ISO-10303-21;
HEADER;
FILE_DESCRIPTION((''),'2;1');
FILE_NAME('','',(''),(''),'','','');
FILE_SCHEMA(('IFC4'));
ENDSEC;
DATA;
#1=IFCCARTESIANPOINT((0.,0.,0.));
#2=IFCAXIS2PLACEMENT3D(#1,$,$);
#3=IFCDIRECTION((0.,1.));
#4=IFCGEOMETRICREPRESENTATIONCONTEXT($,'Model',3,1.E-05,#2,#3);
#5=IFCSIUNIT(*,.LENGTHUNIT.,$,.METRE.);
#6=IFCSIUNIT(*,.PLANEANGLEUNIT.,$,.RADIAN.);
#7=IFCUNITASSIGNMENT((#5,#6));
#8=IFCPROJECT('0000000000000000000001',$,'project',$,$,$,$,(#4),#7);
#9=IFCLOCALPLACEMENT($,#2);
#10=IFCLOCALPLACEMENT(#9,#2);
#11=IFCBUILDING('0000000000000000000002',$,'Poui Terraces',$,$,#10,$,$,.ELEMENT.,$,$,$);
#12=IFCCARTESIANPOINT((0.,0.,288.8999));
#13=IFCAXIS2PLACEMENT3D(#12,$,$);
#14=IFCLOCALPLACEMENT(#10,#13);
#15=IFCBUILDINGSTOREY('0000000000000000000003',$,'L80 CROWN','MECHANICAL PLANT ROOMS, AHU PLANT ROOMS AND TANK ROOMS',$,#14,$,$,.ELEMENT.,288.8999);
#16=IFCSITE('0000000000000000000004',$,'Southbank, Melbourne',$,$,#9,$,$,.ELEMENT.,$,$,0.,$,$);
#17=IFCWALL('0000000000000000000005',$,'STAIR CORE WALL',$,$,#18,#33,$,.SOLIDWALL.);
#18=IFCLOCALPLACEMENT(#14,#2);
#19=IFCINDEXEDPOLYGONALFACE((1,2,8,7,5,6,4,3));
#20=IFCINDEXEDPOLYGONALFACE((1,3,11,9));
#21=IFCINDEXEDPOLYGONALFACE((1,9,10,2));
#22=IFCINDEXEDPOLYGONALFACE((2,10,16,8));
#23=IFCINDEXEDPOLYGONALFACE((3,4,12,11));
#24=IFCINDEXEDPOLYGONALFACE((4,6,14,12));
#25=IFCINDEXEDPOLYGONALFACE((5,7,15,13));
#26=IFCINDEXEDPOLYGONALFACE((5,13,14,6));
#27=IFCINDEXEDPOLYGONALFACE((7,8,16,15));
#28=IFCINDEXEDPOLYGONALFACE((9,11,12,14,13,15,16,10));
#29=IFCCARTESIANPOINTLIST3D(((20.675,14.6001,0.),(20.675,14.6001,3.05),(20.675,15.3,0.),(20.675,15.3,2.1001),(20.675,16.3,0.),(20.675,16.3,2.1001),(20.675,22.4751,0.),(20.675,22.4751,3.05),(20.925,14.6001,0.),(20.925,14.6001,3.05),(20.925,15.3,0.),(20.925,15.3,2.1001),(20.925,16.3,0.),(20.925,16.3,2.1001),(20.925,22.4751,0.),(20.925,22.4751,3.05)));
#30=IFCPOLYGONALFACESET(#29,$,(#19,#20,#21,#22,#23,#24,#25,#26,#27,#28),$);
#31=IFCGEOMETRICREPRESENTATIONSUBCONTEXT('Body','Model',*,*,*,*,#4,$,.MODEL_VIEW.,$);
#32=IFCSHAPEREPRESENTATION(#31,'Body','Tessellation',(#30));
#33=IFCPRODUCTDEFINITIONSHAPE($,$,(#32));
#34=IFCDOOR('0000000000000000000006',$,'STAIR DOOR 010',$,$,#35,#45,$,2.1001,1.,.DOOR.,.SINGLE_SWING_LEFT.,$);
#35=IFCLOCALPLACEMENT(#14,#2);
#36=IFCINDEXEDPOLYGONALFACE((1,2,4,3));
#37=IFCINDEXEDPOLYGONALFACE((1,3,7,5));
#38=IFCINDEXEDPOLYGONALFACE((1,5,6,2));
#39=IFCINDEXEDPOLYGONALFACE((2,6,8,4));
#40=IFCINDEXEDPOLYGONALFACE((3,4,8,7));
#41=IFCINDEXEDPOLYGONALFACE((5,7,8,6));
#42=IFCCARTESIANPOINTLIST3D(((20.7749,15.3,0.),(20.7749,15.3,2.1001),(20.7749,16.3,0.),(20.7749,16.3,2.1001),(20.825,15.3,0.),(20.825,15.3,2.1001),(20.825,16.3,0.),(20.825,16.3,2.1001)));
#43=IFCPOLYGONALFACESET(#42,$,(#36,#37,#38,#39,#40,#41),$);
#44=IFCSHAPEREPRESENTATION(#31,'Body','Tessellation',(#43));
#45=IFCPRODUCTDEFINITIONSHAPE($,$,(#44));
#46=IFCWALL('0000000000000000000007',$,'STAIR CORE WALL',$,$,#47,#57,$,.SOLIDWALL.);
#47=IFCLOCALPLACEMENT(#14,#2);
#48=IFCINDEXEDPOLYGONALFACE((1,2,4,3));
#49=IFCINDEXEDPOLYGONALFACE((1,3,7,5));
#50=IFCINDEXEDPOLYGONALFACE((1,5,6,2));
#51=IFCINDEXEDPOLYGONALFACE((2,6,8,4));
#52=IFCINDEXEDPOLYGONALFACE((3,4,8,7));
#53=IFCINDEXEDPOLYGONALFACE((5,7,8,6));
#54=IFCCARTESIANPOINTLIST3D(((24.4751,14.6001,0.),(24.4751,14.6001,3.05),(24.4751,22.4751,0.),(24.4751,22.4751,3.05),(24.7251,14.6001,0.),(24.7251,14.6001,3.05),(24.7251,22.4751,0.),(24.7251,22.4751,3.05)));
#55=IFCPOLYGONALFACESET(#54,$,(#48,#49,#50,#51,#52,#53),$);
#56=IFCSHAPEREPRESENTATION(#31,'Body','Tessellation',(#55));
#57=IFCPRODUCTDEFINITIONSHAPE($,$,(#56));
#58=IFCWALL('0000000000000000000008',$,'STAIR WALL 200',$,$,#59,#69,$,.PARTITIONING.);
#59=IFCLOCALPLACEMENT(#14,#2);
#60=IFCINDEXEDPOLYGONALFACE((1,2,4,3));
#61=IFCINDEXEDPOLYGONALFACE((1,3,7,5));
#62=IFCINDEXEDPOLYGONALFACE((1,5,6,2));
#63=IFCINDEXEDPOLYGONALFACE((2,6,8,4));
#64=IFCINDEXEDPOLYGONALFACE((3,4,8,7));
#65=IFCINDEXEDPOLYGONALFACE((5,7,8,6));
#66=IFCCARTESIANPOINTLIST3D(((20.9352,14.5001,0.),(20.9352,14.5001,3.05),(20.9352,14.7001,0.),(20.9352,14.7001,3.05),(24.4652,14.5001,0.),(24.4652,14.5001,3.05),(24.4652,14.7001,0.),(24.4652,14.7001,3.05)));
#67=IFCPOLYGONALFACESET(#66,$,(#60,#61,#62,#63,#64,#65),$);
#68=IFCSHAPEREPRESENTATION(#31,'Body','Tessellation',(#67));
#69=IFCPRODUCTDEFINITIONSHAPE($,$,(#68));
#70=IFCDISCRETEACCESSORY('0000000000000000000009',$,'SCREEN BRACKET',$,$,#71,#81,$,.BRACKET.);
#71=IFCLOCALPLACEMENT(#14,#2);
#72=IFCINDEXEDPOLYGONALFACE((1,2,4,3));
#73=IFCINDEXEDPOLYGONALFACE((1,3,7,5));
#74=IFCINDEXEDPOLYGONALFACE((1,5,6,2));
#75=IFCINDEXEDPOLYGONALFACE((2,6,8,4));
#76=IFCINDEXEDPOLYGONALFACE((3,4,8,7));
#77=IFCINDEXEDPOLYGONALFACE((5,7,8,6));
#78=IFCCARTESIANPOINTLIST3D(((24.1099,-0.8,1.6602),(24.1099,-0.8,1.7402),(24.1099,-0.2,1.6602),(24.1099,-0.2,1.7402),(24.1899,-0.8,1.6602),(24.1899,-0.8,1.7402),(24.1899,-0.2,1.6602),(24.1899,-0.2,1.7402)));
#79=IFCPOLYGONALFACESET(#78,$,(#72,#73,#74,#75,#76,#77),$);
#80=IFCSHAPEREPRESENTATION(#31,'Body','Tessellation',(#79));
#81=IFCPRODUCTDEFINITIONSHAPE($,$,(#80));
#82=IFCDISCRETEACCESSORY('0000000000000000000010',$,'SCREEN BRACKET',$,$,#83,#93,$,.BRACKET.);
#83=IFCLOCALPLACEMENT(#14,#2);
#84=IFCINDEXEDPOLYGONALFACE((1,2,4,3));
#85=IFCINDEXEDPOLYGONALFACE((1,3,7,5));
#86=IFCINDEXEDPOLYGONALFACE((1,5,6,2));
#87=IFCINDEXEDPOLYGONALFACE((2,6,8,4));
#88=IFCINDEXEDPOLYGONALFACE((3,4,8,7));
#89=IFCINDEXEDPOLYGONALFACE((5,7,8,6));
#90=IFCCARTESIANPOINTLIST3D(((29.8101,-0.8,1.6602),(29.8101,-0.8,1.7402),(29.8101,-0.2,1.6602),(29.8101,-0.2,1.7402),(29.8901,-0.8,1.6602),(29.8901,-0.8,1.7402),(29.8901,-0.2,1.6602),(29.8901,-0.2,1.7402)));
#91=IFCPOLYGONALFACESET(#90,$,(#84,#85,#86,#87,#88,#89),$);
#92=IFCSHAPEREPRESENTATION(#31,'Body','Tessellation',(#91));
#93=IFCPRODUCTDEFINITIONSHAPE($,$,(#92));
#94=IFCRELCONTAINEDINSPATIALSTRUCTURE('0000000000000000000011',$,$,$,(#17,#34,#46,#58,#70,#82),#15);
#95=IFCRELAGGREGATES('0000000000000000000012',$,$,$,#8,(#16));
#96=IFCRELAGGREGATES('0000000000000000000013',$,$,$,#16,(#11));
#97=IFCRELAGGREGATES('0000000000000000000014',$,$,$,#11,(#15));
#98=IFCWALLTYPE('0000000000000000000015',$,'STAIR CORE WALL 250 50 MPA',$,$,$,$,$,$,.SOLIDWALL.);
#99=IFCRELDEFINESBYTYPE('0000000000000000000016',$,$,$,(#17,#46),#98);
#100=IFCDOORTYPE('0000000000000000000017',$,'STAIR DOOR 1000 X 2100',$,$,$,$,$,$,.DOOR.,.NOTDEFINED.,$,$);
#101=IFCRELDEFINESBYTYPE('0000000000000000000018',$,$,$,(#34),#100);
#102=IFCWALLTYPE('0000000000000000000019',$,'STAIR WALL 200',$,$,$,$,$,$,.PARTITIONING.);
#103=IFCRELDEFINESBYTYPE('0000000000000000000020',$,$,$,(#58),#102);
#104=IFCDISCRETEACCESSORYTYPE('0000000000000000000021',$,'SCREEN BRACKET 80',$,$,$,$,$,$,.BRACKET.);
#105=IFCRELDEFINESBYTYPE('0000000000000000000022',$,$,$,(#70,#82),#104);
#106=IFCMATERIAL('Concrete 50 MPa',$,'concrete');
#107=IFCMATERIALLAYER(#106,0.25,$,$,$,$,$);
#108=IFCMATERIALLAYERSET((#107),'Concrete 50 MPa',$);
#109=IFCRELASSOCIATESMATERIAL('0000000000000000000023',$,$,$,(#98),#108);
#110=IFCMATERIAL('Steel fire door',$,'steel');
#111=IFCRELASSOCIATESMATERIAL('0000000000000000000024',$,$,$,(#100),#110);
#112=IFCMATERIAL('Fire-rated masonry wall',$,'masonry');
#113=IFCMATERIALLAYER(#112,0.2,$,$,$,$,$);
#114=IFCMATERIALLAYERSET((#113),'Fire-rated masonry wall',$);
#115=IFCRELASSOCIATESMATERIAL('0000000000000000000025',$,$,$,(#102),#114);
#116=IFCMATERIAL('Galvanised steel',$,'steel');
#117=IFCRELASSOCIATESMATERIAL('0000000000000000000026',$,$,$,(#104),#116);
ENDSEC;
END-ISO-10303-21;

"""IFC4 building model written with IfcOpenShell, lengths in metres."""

from ifc_helpers import new_model, si_unit, direction, frame, frame_2d, origin, origin_2d, place, context, subcontext, project, spatial, rectangle, extrude, source, transform, mapped, material, layer, layer_set, material_profile, profile_set, type_object, element, fill, save


model = new_model("IFC4")

# Units and contexts
model_context = context("Model", 3, precision=1e-05, world=origin(), true_north=direction((0.0, 1.0)))
body_context = subcontext(model_context, "Body", "Model", "MODEL_VIEW")
ifc_project = project(units=[si_unit("LENGTHUNIT", "METRE"), si_unit("PLANEANGLEUNIT", "RADIAN")], contexts=[model_context])

# Site, building, storey
site_placement = place(None, origin())
site = spatial("IfcSite", under=ifc_project, at=site_placement, Name="Southbank, Melbourne", CompositionType="ELEMENT", RefElevation=0.0)
building_placement = place(site_placement, origin())
building = spatial("IfcBuilding", under=site, at=building_placement, Name="Poui Terraces", CompositionType="ELEMENT")
storey_placement = place(building_placement, frame((0.0, 0.0, 288.8999)))
storey = spatial("IfcBuildingStorey", under=building, at=storey_placement, Name="L80 CROWN", Description="MECHANICAL PLANT ROOMS, AHU PLANT ROOMS AND TANK ROOMS", CompositionType="ELEMENT", Elevation=288.8999)

# Shared definitions
ifc_material_1 = material(Name="Concrete 50 MPa", Category="concrete")

# Shared definitions
ifc_material_2 = material(Name="Steel fire door", Category="steel")

# Wall, opening, door
ifc_layer_1 = layer(ifc_material_1, 0.25)
ifc_layer_set_1 = layer_set([ifc_layer_1], Name="Concrete 50 MPa")
wall_type_1 = type_object("IfcWallType", Name="STAIR CORE WALL 250 50 MPA", PredefinedType="SOLIDWALL", material=ifc_layer_set_1)
wall_1_placement = place(storey_placement, frame((20.8, 14.6001, 0.0), z_axis=(0.0, 0.0, 1.0), x_axis=(0.0, 1.0, 0.0)))
wall_1 = element("IfcWall", 1, at=wall_1_placement, inside=storey, type_object=wall_type_1, Name="STAIR CORE WALL", PredefinedType="SOLIDWALL", context=body_context, shape_type="SweptSolid", body=[
    extrude(rectangle(XDim=7.875, YDim=0.25, at=frame_2d((3.9375, 0.0))), origin(), (0.0, 0.0, 1.0), 3.05),
])
opening_1_placement = place(wall_1_placement, frame((0.7, 0.0, 0.0)))
opening_1 = element("IfcOpeningElement", 2, at=opening_1_placement, cuts=wall_1, PredefinedType="OPENING", context=body_context, shape_type="SweptSolid", body=[
    extrude(rectangle(XDim=1.0, YDim=2.1001, at=frame_2d((0.5, 1.05))), frame((0.0, 0.135, 0.0), z_axis=(0.0, -1.0, 0.0), x_axis=(1.0, 0.0, 0.0)), (0.0, 0.0, 1.0), 0.27),
])
door_type_1 = type_object("IfcDoorType", Name="STAIR DOOR 1000 X 2100", OperationType="NOTDEFINED", PredefinedType="DOOR", material=ifc_material_2)
door_1_placement = place(opening_1_placement, frame((1.0, 0.0, 0.0), z_axis=(0.0, 0.0, 1.0), x_axis=(-1.0, 0.0, 0.0)))
door_1 = element("IfcDoor", 3, at=door_1_placement, inside=storey, type_object=door_type_1, Name="STAIR DOOR 010", OperationType="SINGLE_SWING_LEFT", OverallHeight=2.1001, OverallWidth=1.0, PredefinedType="DOOR", context=body_context, shape_type="SweptSolid", body=[
    extrude(rectangle(XDim=1.0, YDim=2.1001, at=frame_2d((0.5, 1.05))), frame((0.0, 0.0249, 0.0), z_axis=(0.0, -1.0, 0.0), x_axis=(1.0, 0.0, 0.0)), (0.0, 0.0, 1.0), 0.05),
])
fill(opening_1, door_1)

# Walls
wall_2_placement = place(storey_placement, frame((24.6001, 14.6001, 0.0), z_axis=(0.0, 0.0, 1.0), x_axis=(0.0, 1.0, 0.0)))
element("IfcWall", 4, at=wall_2_placement, inside=storey, type_object=wall_type_1, Name="STAIR CORE WALL", PredefinedType="SOLIDWALL", context=body_context, shape_type="SweptSolid", body=[
    extrude(rectangle(XDim=7.875, YDim=0.25, at=frame_2d((3.9375, 0.0))), origin(), (0.0, 0.0, 1.0), 3.05),
])
ifc_material_3 = material(Name="Fire-rated masonry wall", Category="masonry")
ifc_layer_2 = layer(ifc_material_3, 0.2)
ifc_layer_set_2 = layer_set([ifc_layer_2], Name="Fire-rated masonry wall")
wall_type_2 = type_object("IfcWallType", Name="STAIR WALL 200", PredefinedType="PARTITIONING", material=ifc_layer_set_2)
wall_3_placement = place(storey_placement, frame((20.9351, 14.6001, 0.0), z_axis=(0.0, 0.0, 1.0), x_axis=(1.0, 0.0, 0.0)))
element("IfcWall", 5, at=wall_3_placement, inside=storey, type_object=wall_type_2, Name="STAIR WALL 200", PredefinedType="PARTITIONING", context=body_context, shape_type="SweptSolid", body=[
    extrude(rectangle(XDim=3.53, YDim=0.2, at=frame_2d((1.7651, 0.0))), origin(), (0.0, 0.0, 1.0), 3.05),
])

# Discrete accessories
ifc_material_4 = material(Name="Galvanised steel", Category="steel")
ifc_material_profile_1 = material_profile(ifc_material_4, rectangle(XDim=0.0801, YDim=0.0801, at=origin_2d()), Name="SCREEN BRACKET 80")
ifc_profile_set_1 = profile_set([ifc_material_profile_1], Name="Galvanised steel")
discrete_accessory_type = type_object("IfcDiscreteAccessoryType", Name="SCREEN BRACKET 80", PredefinedType="BRACKET", material=ifc_profile_set_1)
shared_shape_1 = source(origin(), body_context, "Body", "SweptSolid", [
    extrude(rectangle(XDim=0.0801, YDim=0.0801, at=origin_2d()), origin(), (0.0, 0.0, 1.0), 0.6001),
])
for number, where, z_axis, x_axis, name in (
    (6, (24.1499, -0.2, 1.7002), (0.0, -1.0, 0.0), (1.0, 0.0, 0.0), "SCREEN BRACKET"),
    (7, (29.8501, -0.2, 1.7002), (0.0, -1.0, 0.0), (1.0, 0.0, 0.0), "SCREEN BRACKET"),
):
    element("IfcDiscreteAccessory", number, at=place(storey_placement, frame(where, z_axis=z_axis, x_axis=x_axis)), inside=storey, type_object=discrete_accessory_type, Name=name, PredefinedType="BRACKET", context=body_context, shape_type="MappedRepresentation", body=[
        mapped(shared_shape_1, transform((0.0, 0.0, 0.0))),
    ])

save(model, "model.ifc")
